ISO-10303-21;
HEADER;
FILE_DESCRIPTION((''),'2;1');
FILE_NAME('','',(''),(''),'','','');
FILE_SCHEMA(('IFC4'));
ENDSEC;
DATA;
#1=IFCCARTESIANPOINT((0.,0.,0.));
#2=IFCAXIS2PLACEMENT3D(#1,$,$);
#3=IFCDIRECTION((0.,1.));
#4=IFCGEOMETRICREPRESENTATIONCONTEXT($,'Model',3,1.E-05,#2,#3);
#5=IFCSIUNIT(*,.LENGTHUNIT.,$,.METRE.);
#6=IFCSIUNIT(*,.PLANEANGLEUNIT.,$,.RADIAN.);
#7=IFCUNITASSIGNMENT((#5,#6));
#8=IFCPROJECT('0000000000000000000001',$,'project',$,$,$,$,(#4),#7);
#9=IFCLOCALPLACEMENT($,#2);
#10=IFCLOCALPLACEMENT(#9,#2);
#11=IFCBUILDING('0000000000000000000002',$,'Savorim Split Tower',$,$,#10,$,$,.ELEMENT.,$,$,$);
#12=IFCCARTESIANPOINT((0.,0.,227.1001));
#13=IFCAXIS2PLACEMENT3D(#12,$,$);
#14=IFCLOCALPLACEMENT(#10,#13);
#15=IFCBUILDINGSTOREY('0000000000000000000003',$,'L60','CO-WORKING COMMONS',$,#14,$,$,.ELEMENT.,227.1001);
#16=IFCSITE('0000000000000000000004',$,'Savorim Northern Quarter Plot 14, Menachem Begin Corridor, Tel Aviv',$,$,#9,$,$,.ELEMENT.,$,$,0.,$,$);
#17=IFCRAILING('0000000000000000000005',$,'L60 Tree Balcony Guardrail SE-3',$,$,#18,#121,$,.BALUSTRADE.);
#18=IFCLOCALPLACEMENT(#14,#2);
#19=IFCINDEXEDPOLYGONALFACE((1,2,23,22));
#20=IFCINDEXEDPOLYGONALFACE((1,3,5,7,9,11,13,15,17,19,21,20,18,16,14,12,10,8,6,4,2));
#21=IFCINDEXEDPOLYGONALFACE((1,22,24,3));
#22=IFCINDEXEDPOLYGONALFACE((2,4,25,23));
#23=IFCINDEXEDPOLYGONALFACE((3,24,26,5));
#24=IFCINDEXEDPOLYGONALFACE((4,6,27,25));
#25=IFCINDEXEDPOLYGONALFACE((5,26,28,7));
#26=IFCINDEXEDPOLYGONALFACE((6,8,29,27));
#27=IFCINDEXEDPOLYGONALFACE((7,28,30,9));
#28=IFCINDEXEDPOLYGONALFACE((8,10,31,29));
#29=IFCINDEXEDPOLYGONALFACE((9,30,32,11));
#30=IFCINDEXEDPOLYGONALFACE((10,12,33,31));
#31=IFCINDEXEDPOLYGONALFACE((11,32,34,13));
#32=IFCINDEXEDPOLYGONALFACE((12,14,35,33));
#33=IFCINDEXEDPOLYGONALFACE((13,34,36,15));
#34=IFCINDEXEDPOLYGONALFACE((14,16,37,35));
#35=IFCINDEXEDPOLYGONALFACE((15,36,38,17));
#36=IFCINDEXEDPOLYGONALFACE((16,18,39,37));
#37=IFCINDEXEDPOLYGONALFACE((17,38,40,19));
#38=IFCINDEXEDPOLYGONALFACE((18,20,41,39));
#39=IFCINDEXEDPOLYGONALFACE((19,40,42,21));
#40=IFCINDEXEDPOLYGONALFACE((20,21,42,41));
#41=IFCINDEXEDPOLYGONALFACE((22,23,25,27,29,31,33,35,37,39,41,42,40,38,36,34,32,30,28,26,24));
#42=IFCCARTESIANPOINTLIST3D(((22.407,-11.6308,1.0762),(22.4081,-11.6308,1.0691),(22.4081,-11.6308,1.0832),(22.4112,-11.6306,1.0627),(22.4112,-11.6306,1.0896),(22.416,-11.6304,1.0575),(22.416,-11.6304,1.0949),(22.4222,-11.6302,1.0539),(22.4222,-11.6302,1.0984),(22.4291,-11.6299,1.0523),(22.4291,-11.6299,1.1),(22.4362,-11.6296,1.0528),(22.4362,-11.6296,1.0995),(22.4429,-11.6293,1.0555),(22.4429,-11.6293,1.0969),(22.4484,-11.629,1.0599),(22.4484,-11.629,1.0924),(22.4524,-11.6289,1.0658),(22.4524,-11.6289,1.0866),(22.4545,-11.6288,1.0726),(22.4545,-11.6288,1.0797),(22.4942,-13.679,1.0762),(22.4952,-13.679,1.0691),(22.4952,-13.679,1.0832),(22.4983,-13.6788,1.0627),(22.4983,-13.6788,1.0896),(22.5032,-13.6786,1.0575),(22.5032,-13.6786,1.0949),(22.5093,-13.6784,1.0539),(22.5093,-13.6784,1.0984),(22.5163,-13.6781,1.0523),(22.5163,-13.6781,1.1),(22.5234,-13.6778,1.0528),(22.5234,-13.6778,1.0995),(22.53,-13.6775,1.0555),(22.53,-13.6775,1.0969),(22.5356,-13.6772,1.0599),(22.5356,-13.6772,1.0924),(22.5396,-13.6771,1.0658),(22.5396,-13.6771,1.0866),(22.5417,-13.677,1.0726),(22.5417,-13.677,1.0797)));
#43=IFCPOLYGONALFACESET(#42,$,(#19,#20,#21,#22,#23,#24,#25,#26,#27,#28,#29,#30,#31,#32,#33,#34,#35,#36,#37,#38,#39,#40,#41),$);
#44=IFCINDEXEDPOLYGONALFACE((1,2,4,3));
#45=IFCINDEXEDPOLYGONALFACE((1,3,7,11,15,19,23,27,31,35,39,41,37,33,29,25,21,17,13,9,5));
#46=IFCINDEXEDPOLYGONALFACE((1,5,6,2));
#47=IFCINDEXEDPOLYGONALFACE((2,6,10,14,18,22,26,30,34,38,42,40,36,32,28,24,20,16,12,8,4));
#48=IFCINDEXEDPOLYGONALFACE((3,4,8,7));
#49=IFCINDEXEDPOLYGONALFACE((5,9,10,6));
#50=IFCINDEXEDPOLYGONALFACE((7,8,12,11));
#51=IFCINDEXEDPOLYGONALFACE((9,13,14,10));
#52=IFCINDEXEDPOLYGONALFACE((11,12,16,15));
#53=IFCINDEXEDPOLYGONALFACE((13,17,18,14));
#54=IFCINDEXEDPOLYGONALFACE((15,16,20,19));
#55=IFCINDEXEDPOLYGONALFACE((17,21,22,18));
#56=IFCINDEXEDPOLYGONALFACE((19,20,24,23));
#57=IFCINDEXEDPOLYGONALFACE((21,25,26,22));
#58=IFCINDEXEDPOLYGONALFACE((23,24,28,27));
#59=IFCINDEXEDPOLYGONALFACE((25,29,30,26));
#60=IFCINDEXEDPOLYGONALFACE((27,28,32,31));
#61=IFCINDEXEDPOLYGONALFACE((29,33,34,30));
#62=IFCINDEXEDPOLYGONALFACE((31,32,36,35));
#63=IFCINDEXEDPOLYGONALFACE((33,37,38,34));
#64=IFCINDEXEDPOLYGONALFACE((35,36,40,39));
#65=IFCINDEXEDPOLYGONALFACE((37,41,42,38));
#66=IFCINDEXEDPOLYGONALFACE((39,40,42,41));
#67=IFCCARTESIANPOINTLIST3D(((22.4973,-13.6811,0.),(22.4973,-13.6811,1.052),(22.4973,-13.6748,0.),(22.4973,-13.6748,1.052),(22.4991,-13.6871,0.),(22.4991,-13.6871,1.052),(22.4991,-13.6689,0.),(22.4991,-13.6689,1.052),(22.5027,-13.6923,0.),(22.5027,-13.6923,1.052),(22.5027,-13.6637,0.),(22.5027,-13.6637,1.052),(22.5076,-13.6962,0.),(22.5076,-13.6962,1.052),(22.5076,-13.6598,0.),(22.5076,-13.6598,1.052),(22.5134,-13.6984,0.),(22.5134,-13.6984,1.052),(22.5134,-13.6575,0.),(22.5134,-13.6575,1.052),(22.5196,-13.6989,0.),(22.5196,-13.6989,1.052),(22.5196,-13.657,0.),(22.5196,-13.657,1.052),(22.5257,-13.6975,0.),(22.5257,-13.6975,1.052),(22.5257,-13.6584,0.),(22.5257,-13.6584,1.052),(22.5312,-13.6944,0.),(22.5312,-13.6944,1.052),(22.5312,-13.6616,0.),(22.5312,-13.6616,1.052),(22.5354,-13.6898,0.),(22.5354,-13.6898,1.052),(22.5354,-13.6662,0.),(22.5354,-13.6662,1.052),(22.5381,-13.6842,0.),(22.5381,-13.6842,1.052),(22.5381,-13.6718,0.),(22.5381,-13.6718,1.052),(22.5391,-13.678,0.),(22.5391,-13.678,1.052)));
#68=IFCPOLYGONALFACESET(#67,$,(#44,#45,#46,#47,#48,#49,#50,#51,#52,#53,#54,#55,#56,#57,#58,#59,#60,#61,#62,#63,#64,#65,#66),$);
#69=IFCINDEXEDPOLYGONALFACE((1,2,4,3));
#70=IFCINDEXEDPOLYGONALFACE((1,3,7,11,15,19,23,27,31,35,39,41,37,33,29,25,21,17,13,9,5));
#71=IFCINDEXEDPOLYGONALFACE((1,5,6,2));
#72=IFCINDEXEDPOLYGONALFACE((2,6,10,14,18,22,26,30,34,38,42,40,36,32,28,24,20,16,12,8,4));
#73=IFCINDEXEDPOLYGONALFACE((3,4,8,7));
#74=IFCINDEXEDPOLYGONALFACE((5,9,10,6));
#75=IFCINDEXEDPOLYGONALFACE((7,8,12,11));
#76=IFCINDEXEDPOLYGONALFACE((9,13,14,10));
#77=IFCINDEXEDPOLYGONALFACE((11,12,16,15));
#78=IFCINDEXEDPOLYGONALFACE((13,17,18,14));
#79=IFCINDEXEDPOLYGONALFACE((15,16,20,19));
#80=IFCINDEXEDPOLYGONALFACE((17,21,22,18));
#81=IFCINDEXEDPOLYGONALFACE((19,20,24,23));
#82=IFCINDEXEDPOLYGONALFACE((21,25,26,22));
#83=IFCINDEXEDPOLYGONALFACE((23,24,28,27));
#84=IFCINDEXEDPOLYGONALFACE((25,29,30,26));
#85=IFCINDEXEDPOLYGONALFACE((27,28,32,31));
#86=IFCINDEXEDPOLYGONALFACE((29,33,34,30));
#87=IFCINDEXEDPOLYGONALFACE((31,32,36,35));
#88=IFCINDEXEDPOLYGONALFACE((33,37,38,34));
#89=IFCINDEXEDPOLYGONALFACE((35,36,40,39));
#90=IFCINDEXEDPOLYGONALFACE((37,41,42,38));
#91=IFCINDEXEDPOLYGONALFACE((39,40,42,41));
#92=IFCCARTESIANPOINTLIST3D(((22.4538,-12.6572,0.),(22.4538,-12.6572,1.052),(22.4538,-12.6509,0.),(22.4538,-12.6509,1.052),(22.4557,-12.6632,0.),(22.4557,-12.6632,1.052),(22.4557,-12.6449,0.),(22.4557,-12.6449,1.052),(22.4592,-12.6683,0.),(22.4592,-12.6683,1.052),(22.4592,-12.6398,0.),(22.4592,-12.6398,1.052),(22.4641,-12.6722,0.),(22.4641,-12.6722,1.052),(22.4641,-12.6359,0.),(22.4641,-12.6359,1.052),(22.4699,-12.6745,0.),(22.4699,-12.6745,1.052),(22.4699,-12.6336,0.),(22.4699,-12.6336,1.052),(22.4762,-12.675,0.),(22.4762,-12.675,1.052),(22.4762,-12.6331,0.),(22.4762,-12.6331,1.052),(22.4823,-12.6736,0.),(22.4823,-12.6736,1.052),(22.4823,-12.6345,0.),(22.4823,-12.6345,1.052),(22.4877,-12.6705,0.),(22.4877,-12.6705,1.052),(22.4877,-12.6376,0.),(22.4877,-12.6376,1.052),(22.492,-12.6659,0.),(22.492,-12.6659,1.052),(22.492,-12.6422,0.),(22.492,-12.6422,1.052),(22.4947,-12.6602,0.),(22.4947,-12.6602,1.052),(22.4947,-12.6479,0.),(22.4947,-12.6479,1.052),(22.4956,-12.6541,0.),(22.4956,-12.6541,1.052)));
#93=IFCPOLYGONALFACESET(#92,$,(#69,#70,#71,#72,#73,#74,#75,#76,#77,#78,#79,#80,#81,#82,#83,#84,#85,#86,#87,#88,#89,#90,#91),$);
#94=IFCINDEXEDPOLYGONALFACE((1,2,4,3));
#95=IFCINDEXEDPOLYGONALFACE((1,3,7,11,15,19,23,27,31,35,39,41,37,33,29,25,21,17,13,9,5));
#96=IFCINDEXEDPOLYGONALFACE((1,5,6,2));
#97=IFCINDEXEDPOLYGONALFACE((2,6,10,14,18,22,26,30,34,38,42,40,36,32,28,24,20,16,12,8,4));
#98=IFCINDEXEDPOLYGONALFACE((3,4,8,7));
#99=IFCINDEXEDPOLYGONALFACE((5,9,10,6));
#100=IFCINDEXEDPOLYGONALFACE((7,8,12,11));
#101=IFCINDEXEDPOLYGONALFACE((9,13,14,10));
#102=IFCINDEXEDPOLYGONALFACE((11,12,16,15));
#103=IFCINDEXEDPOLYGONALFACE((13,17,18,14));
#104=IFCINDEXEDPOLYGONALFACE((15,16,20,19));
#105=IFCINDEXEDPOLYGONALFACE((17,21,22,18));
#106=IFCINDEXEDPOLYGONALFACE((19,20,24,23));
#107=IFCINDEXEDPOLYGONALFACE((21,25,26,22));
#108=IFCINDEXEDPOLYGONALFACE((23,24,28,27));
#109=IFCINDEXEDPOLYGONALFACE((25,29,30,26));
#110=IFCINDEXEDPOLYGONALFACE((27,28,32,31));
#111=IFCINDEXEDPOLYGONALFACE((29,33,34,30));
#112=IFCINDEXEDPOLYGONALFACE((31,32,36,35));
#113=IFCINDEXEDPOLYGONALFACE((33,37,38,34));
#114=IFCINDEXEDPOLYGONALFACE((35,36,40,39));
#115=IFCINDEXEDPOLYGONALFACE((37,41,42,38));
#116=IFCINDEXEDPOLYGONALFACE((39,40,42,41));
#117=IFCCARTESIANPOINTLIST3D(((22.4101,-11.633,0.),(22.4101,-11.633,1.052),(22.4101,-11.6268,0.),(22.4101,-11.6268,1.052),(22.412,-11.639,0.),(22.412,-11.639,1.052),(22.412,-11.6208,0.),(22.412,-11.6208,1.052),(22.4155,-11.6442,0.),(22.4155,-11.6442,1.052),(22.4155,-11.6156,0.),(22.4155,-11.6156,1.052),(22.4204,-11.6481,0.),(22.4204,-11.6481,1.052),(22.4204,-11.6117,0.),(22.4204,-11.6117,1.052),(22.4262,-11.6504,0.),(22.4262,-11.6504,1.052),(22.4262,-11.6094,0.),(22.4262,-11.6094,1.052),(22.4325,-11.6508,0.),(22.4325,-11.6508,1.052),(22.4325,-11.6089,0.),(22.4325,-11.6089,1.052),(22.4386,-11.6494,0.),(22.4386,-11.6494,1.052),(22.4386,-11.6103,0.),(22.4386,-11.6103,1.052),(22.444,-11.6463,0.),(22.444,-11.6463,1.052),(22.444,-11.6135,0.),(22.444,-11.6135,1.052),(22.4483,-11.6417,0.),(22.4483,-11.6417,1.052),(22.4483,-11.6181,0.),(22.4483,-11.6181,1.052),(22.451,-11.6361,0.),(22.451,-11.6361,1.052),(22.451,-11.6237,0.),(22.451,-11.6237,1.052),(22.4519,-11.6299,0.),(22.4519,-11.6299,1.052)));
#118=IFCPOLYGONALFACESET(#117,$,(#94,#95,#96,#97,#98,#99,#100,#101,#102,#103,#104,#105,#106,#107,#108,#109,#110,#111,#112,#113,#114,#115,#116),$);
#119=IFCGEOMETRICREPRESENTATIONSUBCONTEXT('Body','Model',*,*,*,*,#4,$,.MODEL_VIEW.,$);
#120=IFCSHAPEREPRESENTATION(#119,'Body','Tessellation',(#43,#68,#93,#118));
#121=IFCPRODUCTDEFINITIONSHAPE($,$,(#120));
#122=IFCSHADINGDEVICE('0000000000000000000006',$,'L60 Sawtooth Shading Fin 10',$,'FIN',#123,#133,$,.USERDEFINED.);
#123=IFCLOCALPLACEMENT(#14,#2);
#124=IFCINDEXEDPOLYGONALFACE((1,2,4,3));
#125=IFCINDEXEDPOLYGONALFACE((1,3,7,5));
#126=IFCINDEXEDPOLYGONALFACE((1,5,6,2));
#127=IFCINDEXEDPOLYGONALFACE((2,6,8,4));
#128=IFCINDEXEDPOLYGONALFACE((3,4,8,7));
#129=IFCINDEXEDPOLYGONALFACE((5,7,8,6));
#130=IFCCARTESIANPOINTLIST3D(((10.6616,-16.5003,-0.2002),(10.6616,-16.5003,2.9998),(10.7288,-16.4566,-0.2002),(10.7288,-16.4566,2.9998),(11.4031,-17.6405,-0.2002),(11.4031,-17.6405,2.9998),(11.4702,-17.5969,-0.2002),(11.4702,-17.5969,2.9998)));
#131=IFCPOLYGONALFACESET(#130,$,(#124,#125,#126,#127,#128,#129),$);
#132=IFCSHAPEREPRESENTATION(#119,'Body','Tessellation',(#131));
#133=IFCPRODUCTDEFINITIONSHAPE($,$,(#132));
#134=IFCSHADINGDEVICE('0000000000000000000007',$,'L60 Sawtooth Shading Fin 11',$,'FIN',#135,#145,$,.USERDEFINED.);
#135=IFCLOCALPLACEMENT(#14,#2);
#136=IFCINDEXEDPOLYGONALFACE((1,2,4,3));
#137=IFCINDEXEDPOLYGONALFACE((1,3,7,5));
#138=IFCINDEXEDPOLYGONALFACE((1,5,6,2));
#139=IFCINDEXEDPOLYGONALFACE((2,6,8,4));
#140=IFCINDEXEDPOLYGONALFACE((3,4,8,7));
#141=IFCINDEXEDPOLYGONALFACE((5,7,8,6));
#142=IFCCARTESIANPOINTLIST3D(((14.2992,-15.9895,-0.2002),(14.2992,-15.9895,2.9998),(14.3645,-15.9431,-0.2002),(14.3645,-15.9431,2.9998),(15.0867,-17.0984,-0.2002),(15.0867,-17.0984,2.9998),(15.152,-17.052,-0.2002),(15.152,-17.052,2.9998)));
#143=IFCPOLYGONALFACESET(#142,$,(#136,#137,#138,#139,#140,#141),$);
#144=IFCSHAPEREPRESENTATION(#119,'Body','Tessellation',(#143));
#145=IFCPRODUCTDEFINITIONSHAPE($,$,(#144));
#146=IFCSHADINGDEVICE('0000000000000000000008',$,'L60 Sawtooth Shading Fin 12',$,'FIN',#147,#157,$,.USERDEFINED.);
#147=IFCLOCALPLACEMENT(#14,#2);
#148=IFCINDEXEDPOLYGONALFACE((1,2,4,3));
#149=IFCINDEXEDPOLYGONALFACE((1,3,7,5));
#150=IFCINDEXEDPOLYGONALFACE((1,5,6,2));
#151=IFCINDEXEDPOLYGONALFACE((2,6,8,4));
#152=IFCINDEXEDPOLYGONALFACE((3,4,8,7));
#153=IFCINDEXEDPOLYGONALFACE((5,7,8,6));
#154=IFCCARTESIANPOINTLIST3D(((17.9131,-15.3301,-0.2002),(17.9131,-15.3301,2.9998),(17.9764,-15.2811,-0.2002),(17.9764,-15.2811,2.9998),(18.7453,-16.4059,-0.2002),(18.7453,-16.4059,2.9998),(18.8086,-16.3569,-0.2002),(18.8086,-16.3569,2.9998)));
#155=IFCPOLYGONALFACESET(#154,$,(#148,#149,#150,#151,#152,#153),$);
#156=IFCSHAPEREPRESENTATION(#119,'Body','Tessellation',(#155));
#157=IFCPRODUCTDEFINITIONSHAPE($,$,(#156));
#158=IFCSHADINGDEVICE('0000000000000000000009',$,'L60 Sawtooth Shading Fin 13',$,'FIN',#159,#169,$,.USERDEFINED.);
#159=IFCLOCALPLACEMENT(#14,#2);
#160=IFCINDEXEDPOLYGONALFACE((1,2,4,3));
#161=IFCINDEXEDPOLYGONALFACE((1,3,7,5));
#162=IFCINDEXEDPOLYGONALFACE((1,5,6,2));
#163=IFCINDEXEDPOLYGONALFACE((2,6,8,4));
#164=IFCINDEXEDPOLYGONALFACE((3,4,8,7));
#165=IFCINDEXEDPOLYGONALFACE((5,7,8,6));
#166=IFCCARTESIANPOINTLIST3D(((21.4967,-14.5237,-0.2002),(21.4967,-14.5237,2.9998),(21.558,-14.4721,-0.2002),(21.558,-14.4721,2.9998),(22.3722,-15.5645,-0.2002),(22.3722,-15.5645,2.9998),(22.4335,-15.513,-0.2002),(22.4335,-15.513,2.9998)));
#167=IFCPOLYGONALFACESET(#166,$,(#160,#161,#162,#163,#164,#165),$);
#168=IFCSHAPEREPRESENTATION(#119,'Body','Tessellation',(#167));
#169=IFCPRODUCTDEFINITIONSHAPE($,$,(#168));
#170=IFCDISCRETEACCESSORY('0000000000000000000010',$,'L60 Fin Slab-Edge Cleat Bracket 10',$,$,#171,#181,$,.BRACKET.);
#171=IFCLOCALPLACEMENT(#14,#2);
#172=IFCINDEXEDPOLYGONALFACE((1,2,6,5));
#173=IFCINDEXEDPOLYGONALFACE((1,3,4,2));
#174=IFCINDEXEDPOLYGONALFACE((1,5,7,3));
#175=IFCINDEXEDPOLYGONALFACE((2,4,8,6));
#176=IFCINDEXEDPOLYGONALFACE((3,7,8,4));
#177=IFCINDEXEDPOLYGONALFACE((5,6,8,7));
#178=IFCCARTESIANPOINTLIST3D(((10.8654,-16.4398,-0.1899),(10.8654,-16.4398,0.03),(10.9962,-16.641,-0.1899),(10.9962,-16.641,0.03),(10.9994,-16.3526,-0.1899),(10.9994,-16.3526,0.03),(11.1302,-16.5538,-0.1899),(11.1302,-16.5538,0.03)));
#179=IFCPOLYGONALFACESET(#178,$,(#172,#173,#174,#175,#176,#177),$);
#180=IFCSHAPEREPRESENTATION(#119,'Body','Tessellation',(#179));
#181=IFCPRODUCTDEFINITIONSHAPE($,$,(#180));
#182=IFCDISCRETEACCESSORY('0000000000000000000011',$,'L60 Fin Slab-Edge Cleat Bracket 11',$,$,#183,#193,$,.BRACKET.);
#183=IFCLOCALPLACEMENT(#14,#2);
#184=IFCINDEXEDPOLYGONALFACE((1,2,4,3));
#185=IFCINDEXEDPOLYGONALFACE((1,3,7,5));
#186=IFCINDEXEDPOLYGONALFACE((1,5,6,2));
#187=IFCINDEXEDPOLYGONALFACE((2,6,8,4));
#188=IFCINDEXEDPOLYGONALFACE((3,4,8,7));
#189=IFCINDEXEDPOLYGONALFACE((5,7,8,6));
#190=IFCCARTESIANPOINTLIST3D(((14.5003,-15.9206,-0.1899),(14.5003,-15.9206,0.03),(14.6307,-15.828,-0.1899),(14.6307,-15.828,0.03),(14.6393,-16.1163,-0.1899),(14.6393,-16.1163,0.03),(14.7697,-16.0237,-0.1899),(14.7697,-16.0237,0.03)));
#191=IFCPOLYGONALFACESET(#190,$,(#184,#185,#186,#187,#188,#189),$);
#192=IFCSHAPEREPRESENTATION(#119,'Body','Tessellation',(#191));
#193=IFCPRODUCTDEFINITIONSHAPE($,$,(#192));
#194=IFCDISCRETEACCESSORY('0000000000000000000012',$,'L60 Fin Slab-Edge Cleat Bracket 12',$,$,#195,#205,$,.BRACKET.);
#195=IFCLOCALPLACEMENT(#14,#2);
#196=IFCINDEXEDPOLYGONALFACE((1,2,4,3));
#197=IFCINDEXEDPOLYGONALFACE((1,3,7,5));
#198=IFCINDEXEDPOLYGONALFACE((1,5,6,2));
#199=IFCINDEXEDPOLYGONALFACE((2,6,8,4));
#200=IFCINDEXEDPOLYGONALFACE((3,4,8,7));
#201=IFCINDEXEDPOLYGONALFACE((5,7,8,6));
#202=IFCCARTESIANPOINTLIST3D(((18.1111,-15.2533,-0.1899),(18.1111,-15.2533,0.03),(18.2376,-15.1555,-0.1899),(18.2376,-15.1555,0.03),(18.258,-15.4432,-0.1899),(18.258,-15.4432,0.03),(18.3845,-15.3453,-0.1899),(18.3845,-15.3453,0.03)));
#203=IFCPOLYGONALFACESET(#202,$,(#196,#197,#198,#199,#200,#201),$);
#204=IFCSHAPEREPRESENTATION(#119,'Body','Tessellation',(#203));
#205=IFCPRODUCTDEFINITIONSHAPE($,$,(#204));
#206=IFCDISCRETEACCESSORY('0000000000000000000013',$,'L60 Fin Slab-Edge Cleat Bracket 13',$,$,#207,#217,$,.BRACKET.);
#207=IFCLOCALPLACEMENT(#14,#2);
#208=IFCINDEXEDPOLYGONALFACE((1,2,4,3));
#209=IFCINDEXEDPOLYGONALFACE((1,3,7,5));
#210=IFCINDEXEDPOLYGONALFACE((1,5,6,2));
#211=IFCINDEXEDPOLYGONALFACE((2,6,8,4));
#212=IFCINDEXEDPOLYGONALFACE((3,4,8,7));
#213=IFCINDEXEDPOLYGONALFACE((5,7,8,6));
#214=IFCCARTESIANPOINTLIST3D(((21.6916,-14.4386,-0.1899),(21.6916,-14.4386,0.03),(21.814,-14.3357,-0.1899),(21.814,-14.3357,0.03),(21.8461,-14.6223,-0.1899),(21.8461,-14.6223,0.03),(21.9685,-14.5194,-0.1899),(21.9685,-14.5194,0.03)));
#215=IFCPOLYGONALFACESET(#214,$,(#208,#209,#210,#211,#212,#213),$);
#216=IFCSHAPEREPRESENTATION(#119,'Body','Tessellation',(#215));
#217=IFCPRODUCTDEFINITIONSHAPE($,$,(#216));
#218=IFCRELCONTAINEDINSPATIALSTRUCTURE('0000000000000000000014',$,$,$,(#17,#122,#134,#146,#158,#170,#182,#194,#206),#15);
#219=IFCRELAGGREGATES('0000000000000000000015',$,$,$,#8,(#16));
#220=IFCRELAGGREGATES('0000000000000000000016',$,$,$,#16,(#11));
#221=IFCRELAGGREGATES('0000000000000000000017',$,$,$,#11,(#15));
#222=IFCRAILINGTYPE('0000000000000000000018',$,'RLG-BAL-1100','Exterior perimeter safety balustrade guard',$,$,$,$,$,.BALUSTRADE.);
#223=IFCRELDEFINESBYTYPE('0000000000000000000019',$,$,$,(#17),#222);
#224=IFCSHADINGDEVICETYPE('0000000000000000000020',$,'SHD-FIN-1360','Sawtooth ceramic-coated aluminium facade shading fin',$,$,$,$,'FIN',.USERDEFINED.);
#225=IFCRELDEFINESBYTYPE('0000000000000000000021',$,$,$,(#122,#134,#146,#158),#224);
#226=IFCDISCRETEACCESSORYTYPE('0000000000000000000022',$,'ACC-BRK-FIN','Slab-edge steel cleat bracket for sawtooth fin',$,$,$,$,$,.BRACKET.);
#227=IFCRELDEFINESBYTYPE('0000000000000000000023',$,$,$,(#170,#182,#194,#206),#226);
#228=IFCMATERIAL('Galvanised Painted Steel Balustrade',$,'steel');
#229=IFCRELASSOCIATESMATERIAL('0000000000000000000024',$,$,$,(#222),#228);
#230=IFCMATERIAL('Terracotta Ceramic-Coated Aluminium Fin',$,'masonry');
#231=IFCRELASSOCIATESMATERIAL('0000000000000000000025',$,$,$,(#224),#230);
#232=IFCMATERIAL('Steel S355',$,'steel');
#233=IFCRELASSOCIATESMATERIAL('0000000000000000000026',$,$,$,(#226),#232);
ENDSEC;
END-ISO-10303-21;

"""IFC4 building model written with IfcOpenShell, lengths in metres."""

from ifc_helpers import new_model, si_unit, direction, frame, origin, origin_2d, place, context, subcontext, project, spatial, rectangle, circle, extrude, material, type_object, element, save


model = new_model("IFC4")

# Units and contexts
model_context = context("Model", 3, precision=1e-05, world=origin(), true_north=direction((0.0, 1.0)))
body_context = subcontext(model_context, "Body", "Model", "MODEL_VIEW")
ifc_project = project(units=[si_unit("LENGTHUNIT", "METRE"), si_unit("PLANEANGLEUNIT", "RADIAN")], contexts=[model_context])

# Site, building, storey
site_placement = place(None, origin())
site = spatial("IfcSite", under=ifc_project, at=site_placement, Name="Savorim Northern Quarter Plot 14, Menachem Begin Corridor, Tel Aviv", CompositionType="ELEMENT", RefElevation=0.0)
building_placement = place(site_placement, origin())
building = spatial("IfcBuilding", under=site, at=building_placement, Name="Savorim Split Tower", CompositionType="ELEMENT")
storey_placement = place(building_placement, frame((0.0, 0.0, 227.1001)))
storey = spatial("IfcBuildingStorey", under=building, at=storey_placement, Name="L60", Description="CO-WORKING COMMONS", CompositionType="ELEMENT", Elevation=227.1001)

# Shared definitions
ifc_material_1 = material(Name="Steel S355", Category="steel")

# Railing
ifc_material_2 = material(Name="Galvanised Painted Steel Balustrade", Category="steel")
railing_type = type_object("IfcRailingType", Name="RLG-BAL-1100", Description="Exterior perimeter safety balustrade guard", PredefinedType="BALUSTRADE", material=ifc_material_2)
railing_1_placement = place(storey_placement, frame((22.5181, -13.678, 0.0)))
element("IfcRailing", 1, at=railing_1_placement, inside=storey, type_object=railing_type, Name="L60 Tree Balcony Guardrail SE-3", PredefinedType="BALUSTRADE", context=body_context, shape_type="SweptSolid", body=[
    extrude(circle(Radius=0.0239, at=origin_2d()), frame((0.0, 0.0, 1.0762), z_axis=(-0.042517, 0.999096, 0.0), x_axis=(-0.999096, -0.042517, 0.0)), (0.0, 0.0, 1.0), 2.05),
    extrude(circle(Radius=0.021, at=origin_2d()), origin(), (0.0, 0.0, 1.0), 1.052),
    extrude(circle(Radius=0.021, at=origin_2d()), frame((-0.0435, 1.0239, 0.0)), (0.0, 0.0, 1.0), 1.052),
    extrude(circle(Radius=0.021, at=origin_2d()), frame((-0.0872, 2.0481, 0.0)), (0.0, 0.0, 1.0), 1.052),
])

# Shading devices
ifc_material_3 = material(Name="Terracotta Ceramic-Coated Aluminium Fin", Category="masonry")
shading_device_type = type_object("IfcShadingDeviceType", Name="SHD-FIN-1360", Description="Sawtooth ceramic-coated aluminium facade shading fin", ElementType="FIN", PredefinedType="USERDEFINED", material=ifc_material_3)
for number, where, z_axis, x_axis, name in (
    (2, (11.0659, -17.0486, -0.2002), (0.0, 0.0, 1.0), (0.545148, -0.83834, 0.0), "L60 Sawtooth Shading Fin 10"),
    (3, (14.7256, -16.5208, -0.2002), (0.0, 0.0, 1.0), (0.578994, -0.815332, 0.0), "L60 Sawtooth Shading Fin 11"),
    (4, (18.3608, -15.8435, -0.2002), (0.0, 0.0, 1.0), (0.611868, -0.79096, 0.0), "L60 Sawtooth Shading Fin 12"),
    (5, (21.9651, -15.0183, -0.2002), (0.0, 0.0, 1.0), (0.643719, -0.765262, 0.0), "L60 Sawtooth Shading Fin 13"),
):
    element("IfcShadingDevice", number, at=place(storey_placement, frame(where, z_axis=z_axis, x_axis=x_axis)), inside=storey, type_object=shading_device_type, Name=name, ObjectType="FIN", PredefinedType="USERDEFINED", context=body_context, shape_type="SweptSolid", body=[
        extrude(rectangle(XDim=1.3601, YDim=0.0801, at=origin_2d()), origin(), (0.0, 0.0, 1.0), 3.2),
    ])

# Discrete accessories
discrete_accessory_type_1 = type_object("IfcDiscreteAccessoryType", Name="ACC-BRK-FIN", Description="Slab-edge steel cleat bracket for sawtooth fin", PredefinedType="BRACKET", material=ifc_material_1)
for number, where, z_axis, x_axis, name in (
    (6, (10.9978, -16.4968, -0.1899), (0.0, 0.0, 1.0), (0.545148, -0.83834, 0.0), "L60 Fin Slab-Edge Cleat Bracket 10"),
    (7, (14.635, -15.9722, -0.1899), (0.0, 0.0, 1.0), (0.578994, -0.815332, 0.0), "L60 Fin Slab-Edge Cleat Bracket 11"),
    (8, (18.2478, -15.2993, -0.1899), (0.0, 0.0, 1.0), (0.611868, -0.79096, 0.0), "L60 Fin Slab-Edge Cleat Bracket 12"),
    (9, (21.8301, -14.479, -0.1899), (0.0, 0.0, 1.0), (0.643719, -0.765262, 0.0), "L60 Fin Slab-Edge Cleat Bracket 13"),
):
    element("IfcDiscreteAccessory", number, at=place(storey_placement, frame(where, z_axis=z_axis, x_axis=x_axis)), inside=storey, type_object=discrete_accessory_type_1, Name=name, PredefinedType="BRACKET", context=body_context, shape_type="SweptSolid", body=[
        extrude(rectangle(XDim=0.24, YDim=0.1599, at=origin_2d()), origin(), (0.0, 0.0, 1.0), 0.22),
    ])

save(model, "model.ifc")
